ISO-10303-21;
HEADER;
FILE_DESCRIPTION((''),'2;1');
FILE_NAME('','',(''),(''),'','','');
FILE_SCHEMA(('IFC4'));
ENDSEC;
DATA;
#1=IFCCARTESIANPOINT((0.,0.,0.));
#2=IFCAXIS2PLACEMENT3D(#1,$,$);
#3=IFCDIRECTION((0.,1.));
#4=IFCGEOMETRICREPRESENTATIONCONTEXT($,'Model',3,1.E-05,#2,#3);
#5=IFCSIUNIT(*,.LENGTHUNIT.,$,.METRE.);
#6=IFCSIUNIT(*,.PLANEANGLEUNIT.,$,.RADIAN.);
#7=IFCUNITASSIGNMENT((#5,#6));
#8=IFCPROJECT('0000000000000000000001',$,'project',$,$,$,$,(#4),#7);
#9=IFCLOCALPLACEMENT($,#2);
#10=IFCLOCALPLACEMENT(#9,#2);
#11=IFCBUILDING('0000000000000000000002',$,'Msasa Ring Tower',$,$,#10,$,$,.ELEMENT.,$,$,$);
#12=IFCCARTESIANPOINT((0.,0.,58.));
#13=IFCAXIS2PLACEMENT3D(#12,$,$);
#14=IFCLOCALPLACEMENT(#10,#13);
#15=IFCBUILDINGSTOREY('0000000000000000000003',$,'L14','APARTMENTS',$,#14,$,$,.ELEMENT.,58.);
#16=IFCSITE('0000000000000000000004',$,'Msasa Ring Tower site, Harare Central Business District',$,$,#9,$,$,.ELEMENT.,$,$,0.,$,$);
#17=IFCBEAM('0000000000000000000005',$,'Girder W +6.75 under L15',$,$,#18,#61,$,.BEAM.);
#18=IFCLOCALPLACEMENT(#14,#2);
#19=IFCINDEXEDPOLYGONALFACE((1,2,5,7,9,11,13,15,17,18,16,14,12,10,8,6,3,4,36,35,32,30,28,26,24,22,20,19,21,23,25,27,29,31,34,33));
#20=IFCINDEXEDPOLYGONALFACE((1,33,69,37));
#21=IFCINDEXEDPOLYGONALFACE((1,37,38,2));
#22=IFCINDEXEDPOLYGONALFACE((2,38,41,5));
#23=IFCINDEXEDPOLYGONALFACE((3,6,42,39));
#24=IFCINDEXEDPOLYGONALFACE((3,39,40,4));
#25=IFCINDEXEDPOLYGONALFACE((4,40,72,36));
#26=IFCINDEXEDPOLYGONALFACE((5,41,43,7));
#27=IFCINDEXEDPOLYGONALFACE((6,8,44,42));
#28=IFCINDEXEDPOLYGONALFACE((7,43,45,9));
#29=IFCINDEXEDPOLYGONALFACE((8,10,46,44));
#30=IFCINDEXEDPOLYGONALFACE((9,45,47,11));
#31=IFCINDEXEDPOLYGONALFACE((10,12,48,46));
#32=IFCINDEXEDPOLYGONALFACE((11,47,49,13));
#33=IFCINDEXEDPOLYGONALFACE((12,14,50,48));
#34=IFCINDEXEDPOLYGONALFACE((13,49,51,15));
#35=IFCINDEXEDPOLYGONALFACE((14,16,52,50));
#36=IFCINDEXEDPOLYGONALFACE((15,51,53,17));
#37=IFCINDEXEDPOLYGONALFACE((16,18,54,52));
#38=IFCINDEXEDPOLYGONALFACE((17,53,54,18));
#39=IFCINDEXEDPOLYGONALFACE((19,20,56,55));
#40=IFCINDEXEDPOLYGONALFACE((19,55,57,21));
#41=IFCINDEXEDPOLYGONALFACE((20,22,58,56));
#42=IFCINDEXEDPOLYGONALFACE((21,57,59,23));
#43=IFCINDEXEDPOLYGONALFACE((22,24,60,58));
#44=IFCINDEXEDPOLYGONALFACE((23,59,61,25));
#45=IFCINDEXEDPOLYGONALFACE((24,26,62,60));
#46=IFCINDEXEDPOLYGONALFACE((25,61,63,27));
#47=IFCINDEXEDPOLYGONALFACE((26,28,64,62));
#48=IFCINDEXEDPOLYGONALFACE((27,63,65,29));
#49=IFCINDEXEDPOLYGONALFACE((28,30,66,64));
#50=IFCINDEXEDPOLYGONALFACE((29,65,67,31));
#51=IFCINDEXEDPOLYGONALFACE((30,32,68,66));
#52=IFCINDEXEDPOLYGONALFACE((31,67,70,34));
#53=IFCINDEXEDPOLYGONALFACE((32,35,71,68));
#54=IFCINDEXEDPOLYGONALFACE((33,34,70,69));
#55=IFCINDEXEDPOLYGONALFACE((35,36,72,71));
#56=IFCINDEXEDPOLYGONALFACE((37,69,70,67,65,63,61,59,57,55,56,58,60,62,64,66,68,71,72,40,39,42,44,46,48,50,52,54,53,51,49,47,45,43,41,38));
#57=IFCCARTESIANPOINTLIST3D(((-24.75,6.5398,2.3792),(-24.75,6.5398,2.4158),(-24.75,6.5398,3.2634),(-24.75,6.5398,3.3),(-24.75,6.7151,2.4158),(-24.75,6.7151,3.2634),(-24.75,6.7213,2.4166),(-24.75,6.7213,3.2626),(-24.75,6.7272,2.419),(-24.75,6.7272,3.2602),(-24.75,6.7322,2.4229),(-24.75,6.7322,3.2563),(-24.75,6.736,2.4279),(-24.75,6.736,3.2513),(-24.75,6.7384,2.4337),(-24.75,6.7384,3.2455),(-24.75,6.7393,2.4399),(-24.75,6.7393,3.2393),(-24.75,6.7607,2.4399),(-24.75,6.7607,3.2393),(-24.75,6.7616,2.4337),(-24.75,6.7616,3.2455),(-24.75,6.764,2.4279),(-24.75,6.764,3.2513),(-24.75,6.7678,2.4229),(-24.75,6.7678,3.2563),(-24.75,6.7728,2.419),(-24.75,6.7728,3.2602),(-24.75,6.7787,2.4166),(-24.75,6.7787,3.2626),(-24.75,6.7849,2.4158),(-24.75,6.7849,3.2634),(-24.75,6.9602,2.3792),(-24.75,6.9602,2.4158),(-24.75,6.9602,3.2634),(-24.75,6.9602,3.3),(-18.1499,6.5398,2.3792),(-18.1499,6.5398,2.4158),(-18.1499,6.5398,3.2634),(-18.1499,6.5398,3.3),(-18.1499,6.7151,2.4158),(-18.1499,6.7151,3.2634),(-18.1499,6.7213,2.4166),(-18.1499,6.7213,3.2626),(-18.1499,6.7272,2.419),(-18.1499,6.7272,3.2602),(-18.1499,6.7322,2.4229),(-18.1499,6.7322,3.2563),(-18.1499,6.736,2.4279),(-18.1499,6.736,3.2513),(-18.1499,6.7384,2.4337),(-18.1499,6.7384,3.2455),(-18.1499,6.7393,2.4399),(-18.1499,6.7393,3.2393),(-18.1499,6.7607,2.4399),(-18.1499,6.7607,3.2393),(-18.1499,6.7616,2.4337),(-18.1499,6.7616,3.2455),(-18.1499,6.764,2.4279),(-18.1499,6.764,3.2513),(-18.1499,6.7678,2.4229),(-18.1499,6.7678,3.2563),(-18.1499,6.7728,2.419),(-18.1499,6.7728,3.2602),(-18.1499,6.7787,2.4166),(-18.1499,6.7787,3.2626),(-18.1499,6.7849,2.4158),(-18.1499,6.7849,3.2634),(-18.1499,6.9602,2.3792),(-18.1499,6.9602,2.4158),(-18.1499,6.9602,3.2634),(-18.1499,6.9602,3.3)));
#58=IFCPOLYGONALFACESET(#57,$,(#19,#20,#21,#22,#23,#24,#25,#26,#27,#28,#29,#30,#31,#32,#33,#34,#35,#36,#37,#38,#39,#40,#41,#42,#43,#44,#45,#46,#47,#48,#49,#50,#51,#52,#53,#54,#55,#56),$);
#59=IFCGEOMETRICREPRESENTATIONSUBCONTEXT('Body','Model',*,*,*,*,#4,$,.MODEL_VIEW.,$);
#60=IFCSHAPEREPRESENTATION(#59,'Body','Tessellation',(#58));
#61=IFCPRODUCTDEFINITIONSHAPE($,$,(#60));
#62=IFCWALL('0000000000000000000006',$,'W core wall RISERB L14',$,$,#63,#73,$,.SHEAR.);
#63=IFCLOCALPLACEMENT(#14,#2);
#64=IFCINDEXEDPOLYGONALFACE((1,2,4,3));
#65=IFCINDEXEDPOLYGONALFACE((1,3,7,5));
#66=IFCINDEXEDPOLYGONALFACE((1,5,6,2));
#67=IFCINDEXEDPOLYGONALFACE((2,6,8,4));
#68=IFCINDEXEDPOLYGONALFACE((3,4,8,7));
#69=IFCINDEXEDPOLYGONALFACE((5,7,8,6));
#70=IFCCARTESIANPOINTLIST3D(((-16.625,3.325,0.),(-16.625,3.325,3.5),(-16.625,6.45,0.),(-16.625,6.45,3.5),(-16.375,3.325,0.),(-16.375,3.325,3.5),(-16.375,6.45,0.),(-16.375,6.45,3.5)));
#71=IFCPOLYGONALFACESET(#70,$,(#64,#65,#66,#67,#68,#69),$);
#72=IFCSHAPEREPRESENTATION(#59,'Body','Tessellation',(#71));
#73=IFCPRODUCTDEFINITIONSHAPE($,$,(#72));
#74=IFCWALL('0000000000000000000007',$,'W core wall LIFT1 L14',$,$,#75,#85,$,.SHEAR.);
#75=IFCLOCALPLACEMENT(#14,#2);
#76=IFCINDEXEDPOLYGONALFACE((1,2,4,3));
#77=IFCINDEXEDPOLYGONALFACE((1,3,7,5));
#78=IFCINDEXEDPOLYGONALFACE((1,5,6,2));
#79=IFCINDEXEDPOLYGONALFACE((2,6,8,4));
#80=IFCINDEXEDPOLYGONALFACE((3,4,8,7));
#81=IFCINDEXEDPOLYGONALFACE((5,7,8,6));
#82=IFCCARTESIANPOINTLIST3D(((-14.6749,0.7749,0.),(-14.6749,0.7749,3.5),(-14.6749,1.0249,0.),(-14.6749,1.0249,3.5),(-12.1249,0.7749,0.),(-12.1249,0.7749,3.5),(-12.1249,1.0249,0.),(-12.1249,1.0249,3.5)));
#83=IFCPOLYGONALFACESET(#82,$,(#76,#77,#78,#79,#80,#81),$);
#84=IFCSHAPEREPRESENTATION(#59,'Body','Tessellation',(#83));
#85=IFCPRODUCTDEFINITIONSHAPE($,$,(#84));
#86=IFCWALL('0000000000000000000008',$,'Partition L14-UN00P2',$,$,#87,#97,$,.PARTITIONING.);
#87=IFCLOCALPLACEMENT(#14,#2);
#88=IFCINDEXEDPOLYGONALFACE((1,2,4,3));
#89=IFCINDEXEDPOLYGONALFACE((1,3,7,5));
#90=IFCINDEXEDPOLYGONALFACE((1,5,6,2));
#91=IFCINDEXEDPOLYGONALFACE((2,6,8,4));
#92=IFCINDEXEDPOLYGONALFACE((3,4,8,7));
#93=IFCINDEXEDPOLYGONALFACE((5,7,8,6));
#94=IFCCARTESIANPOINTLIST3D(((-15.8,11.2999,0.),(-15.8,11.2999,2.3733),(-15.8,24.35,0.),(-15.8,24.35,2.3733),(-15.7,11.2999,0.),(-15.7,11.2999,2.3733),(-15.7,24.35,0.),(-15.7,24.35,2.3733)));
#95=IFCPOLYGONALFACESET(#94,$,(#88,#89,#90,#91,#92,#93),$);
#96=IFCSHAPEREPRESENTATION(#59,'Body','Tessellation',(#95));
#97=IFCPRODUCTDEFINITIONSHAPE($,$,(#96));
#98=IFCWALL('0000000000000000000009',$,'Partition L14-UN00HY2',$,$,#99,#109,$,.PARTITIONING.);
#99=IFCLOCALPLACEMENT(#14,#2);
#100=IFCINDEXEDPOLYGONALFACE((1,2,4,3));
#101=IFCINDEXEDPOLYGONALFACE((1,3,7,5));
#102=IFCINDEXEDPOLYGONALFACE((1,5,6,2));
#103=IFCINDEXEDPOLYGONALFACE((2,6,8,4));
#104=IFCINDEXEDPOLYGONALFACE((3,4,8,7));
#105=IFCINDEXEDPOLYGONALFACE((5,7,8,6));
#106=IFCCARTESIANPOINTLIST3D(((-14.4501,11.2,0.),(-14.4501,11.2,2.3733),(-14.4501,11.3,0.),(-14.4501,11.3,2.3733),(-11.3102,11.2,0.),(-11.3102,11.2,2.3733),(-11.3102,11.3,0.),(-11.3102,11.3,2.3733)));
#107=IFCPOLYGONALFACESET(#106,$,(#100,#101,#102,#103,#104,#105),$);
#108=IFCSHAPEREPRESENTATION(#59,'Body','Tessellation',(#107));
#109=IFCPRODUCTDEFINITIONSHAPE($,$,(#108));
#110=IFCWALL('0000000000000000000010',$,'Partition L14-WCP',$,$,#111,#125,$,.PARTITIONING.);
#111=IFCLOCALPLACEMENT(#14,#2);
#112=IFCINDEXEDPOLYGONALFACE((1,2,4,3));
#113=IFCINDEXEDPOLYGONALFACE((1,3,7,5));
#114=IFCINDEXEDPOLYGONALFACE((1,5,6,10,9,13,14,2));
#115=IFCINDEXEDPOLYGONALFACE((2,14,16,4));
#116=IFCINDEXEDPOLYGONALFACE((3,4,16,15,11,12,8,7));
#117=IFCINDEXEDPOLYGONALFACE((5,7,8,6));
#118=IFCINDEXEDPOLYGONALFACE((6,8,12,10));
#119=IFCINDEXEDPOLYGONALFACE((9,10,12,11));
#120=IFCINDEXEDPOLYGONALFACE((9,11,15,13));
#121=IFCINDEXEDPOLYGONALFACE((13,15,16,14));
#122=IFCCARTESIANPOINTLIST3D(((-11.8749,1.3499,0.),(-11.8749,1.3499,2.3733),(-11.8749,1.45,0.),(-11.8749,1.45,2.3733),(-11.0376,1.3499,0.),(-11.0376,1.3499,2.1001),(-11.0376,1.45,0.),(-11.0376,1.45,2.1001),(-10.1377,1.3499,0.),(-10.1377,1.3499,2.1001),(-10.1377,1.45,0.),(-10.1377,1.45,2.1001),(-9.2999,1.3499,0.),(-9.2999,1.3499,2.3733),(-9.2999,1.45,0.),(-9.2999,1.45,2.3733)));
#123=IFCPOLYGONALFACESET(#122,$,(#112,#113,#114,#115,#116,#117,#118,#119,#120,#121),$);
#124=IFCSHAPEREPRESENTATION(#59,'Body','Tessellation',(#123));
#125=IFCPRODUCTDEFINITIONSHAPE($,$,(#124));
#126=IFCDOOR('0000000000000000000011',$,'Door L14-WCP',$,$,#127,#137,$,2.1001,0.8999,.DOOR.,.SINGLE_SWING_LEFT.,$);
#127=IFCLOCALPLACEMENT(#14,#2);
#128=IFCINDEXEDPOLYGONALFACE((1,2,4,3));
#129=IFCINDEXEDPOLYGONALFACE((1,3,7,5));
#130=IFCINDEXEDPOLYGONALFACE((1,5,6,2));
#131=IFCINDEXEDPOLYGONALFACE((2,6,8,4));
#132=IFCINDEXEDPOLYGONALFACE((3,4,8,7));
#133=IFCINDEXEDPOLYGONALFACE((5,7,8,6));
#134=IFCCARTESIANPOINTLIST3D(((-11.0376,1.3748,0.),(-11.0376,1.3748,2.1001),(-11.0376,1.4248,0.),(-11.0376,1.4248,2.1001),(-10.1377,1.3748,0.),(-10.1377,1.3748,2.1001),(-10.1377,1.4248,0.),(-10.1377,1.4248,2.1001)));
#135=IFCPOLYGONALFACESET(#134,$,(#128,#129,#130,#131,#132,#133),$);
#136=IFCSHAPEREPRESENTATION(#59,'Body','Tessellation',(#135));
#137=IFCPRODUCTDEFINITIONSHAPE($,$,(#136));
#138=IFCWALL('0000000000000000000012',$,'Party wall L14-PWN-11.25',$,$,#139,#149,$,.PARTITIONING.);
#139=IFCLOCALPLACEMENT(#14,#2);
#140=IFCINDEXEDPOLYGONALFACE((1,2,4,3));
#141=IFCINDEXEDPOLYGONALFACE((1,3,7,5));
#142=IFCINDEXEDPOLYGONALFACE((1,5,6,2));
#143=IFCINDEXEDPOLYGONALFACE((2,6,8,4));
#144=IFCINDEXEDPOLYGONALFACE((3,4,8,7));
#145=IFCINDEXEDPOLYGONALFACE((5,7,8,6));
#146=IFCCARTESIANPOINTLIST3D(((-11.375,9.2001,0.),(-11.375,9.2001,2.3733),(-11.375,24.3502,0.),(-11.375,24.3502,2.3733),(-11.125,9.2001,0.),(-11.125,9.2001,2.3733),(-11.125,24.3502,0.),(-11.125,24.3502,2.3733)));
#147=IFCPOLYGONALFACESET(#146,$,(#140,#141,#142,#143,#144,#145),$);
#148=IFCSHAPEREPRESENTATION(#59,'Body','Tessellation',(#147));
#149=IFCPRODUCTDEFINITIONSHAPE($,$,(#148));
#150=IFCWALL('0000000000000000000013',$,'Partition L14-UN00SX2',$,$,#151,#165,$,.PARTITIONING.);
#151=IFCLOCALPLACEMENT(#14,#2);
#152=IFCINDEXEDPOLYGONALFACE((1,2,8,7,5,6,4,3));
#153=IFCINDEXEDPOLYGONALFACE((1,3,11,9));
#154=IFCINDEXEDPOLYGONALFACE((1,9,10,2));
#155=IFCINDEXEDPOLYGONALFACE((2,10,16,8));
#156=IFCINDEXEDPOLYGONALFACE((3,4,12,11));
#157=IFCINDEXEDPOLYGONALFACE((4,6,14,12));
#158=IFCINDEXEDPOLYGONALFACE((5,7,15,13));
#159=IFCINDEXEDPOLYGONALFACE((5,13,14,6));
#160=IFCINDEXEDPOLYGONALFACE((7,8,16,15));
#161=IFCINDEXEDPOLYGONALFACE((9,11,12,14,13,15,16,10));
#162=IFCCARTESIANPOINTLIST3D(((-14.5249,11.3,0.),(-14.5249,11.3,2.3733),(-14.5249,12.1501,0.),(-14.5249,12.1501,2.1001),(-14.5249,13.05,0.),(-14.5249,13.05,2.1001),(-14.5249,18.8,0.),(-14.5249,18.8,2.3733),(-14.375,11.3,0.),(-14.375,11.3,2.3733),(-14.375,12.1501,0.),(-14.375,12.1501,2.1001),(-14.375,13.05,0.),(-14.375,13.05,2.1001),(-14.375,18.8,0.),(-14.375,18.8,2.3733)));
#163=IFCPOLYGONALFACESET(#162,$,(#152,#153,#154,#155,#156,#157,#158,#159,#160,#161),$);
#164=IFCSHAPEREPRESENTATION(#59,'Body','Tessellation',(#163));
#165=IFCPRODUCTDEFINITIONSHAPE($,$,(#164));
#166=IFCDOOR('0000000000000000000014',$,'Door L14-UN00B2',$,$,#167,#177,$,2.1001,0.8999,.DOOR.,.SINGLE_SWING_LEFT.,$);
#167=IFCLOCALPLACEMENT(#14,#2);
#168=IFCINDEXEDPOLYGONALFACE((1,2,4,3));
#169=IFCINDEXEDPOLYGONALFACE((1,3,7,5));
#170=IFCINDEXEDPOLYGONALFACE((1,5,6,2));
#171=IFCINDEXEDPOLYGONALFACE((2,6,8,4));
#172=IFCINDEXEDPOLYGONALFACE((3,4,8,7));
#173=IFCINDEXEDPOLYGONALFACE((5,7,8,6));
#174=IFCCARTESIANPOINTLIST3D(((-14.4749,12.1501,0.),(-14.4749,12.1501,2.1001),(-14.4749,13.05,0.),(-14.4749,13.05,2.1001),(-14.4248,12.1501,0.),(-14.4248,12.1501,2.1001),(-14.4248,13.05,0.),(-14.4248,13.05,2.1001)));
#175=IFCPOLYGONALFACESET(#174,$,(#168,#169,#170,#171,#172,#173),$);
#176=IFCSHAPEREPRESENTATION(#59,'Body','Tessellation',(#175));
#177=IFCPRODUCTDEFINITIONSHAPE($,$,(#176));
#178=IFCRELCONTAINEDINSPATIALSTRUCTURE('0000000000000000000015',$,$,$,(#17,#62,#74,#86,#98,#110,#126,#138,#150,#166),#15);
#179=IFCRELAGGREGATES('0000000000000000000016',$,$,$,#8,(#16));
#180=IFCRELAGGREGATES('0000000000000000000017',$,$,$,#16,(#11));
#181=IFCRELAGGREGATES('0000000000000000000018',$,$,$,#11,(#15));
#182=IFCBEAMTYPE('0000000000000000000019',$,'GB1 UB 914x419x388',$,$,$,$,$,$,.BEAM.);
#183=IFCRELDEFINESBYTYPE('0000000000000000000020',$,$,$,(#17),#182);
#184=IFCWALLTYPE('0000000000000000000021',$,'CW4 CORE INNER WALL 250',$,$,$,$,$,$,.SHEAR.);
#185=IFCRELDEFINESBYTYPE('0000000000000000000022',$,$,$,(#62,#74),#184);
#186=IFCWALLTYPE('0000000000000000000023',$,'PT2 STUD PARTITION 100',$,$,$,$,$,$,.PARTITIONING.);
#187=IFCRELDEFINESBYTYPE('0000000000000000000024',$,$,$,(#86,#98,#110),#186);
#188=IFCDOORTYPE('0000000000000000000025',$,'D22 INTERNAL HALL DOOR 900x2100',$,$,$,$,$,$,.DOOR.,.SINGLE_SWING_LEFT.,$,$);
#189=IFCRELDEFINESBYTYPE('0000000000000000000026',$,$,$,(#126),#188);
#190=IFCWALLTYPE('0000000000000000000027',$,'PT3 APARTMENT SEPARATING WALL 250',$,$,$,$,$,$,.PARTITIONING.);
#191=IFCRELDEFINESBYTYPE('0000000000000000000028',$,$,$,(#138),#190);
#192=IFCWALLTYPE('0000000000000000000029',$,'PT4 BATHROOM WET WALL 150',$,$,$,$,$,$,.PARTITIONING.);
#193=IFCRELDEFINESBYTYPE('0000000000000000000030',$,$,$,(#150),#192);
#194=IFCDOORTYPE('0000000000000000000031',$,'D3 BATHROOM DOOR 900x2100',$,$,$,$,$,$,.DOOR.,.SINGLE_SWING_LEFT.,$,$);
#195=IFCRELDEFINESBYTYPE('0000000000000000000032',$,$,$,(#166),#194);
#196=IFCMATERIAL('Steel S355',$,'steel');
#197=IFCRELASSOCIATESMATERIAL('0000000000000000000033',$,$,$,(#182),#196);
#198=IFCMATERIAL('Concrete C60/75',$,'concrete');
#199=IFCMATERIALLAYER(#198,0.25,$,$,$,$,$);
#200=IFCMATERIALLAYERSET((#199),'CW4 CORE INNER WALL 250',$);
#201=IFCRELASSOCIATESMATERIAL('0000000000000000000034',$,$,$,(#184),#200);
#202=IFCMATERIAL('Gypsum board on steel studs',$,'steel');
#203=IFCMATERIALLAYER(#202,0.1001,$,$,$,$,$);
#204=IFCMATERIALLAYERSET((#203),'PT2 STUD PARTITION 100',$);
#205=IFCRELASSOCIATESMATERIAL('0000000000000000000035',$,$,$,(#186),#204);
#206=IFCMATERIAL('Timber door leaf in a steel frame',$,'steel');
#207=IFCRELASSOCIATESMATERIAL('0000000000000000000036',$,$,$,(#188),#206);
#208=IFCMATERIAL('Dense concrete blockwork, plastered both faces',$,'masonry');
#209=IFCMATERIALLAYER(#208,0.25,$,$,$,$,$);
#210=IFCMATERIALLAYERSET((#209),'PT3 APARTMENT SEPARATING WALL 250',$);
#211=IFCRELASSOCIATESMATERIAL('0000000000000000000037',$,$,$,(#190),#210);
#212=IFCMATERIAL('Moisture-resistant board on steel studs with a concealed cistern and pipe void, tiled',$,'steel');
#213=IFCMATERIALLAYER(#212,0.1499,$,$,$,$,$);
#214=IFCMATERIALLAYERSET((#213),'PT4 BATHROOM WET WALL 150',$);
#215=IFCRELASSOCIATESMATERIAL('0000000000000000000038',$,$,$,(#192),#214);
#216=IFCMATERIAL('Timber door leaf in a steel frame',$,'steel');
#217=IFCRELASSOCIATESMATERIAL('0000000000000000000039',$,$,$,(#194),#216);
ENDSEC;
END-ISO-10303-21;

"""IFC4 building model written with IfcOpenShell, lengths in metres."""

from ifc_helpers import new_model, si_unit, direction, frame, frame_2d, origin, origin_2d, place, context, subcontext, project, spatial, rectangle, i_section, extrude, material, layer, layer_set, material_profile, profile_set, type_object, element, fill, save


model = new_model("IFC4")

# Units and contexts
model_context = context("Model", 3, precision=1e-05, world=origin(), true_north=direction((0.0, 1.0)))
body_context = subcontext(model_context, "Body", "Model", "MODEL_VIEW")
ifc_project = project(units=[si_unit("LENGTHUNIT", "METRE"), si_unit("PLANEANGLEUNIT", "RADIAN")], contexts=[model_context])

# Site, building, storey
site_placement = place(None, origin())
site = spatial("IfcSite", under=ifc_project, at=site_placement, Name="Msasa Ring Tower site, Harare Central Business District", CompositionType="ELEMENT", RefElevation=0.0)
building_placement = place(site_placement, origin())
building = spatial("IfcBuilding", under=site, at=building_placement, Name="Msasa Ring Tower", CompositionType="ELEMENT")
storey_placement = place(building_placement, frame((0.0, 0.0, 58.0)))
storey = spatial("IfcBuildingStorey", under=building, at=storey_placement, Name="L14", Description="APARTMENTS", CompositionType="ELEMENT", Elevation=58.0)

# Beam
ifc_material_1 = material(Name="Steel S355", Category="steel")
ifc_material_profile = material_profile(ifc_material_1, i_section(OverallWidth=0.4204, OverallDepth=0.9209, WebThickness=0.0215, FlangeThickness=0.0366, FilletRadius=0.0242, at=origin_2d()), Name="UB 914x419x388")
ifc_profile_set = profile_set([ifc_material_profile], Name="Steel S355")
beam_type = type_object("IfcBeamType", Name="GB1 UB 914x419x388", PredefinedType="BEAM", material=ifc_profile_set)
beam_placement = place(storey_placement, frame((-18.1499, 6.75, 2.8396), z_axis=(-1.0, 0.0, 0.0), x_axis=(0.0, -1.0, 0.0)))
element("IfcBeam", 1, at=beam_placement, inside=storey, type_object=beam_type, Name="Girder W +6.75 under L15", PredefinedType="BEAM", context=body_context, shape_type="SweptSolid", body=[
    extrude(i_section(OverallWidth=0.4204, OverallDepth=0.9209, WebThickness=0.0215, FlangeThickness=0.0366, FilletRadius=0.0242, at=origin_2d()), origin(), (0.0, 0.0, 1.0), 6.6001),
])

# Walls
ifc_material_2 = material(Name="Concrete C60/75", Category="concrete")
ifc_layer_1 = layer(ifc_material_2, 0.25)
ifc_layer_set_1 = layer_set([ifc_layer_1], Name="CW4 CORE INNER WALL 250")
wall_type_1 = type_object("IfcWallType", Name="CW4 CORE INNER WALL 250", PredefinedType="SHEAR", material=ifc_layer_set_1)
wall_1_placement = place(storey_placement, frame((-16.5, 3.325, 0.0), z_axis=(0.0, 0.0, 1.0), x_axis=(0.0, 1.0, 0.0)))
element("IfcWall", 2, at=wall_1_placement, inside=storey, type_object=wall_type_1, Name="W core wall RISERB L14", PredefinedType="SHEAR", context=body_context, shape_type="SweptSolid", body=[
    extrude(rectangle(XDim=3.125, YDim=0.25, at=frame_2d((1.5625, 0.0))), origin(), (0.0, 0.0, 1.0), 3.5),
])
wall_2_placement = place(storey_placement, frame((-12.125, 0.8999, 0.0), z_axis=(0.0, 0.0, 1.0), x_axis=(-1.0, 0.0, 0.0)))
element("IfcWall", 3, at=wall_2_placement, inside=storey, type_object=wall_type_1, Name="W core wall LIFT1 L14", PredefinedType="SHEAR", context=body_context, shape_type="SweptSolid", body=[
    extrude(rectangle(XDim=2.55, YDim=0.25, at=frame_2d((1.2749, 0.0))), origin(), (0.0, 0.0, 1.0), 3.5),
])
ifc_material_3 = material(Name="Gypsum board on steel studs", Category="steel")
ifc_layer_2 = layer(ifc_material_3, 0.1001)
ifc_layer_set_2 = layer_set([ifc_layer_2], Name="PT2 STUD PARTITION 100")
wall_type_2 = type_object("IfcWallType", Name="PT2 STUD PARTITION 100", PredefinedType="PARTITIONING", material=ifc_layer_set_2)
wall_3_placement = place(storey_placement, frame((-15.75, 11.3, 0.0), z_axis=(0.0, 0.0, 1.0), x_axis=(0.0, 1.0, 0.0)))
element("IfcWall", 4, at=wall_3_placement, inside=storey, type_object=wall_type_2, Name="Partition L14-UN00P2", PredefinedType="PARTITIONING", context=body_context, shape_type="SweptSolid", body=[
    extrude(rectangle(XDim=13.05, YDim=0.1001, at=frame_2d((6.5249, 0.0))), origin(), (0.0, 0.0, 1.0), 2.3733),
])
wall_4_placement = place(storey_placement, frame((-14.45, 11.25, 0.0), z_axis=(0.0, 0.0, 1.0), x_axis=(1.0, 0.0, 0.0)))
element("IfcWall", 5, at=wall_4_placement, inside=storey, type_object=wall_type_2, Name="Partition L14-UN00HY2", PredefinedType="PARTITIONING", context=body_context, shape_type="SweptSolid", body=[
    extrude(rectangle(XDim=3.1399, YDim=0.1001, at=frame_2d((1.5698, 0.0))), origin(), (0.0, 0.0, 1.0), 2.3733),
])

# Wall, opening, door
wall_5_placement = place(storey_placement, frame((-11.875, 1.3999, 0.0), z_axis=(0.0, 0.0, 1.0), x_axis=(1.0, 0.0, 0.0)))
wall_5 = element("IfcWall", 6, at=wall_5_placement, inside=storey, type_object=wall_type_2, Name="Partition L14-WCP", PredefinedType="PARTITIONING", context=body_context, shape_type="SweptSolid", body=[
    extrude(rectangle(XDim=2.575, YDim=0.1001, at=frame_2d((1.2876, 0.0))), origin(), (0.0, 0.0, 1.0), 2.3733),
])
opening_1_placement = place(wall_5_placement, frame((0.8374, 0.0, 0.0)))
opening_1 = element("IfcOpeningElement", 7, at=opening_1_placement, cuts=wall_5, PredefinedType="OPENING", context=body_context, shape_type="SweptSolid", body=[
    extrude(rectangle(XDim=0.8999, YDim=2.1001, at=frame_2d((0.45, 1.05))), frame((0.0, 0.0601, 0.0), z_axis=(0.0, -1.0, 0.0), x_axis=(1.0, 0.0, 0.0)), (0.0, 0.0, 1.0), 0.1201),
])
ifc_material_4 = material(Name="Timber door leaf in a steel frame", Category="steel")
door_type_1 = type_object("IfcDoorType", Name="D22 INTERNAL HALL DOOR 900x2100", OperationType="SINGLE_SWING_LEFT", PredefinedType="DOOR", material=ifc_material_4)
door_1_placement = place(opening_1_placement, origin())
door_1 = element("IfcDoor", 8, at=door_1_placement, inside=storey, type_object=door_type_1, Name="Door L14-WCP", OperationType="SINGLE_SWING_LEFT", OverallHeight=2.1001, OverallWidth=0.8999, PredefinedType="DOOR", context=body_context, shape_type="SweptSolid", body=[
    extrude(rectangle(XDim=0.8999, YDim=2.1001, at=frame_2d((0.45, 1.05))), frame((0.0, 0.0249, 0.0), z_axis=(0.0, -1.0, 0.0), x_axis=(1.0, 0.0, 0.0)), (0.0, 0.0, 1.0), 0.05),
])
fill(opening_1, door_1)

# Wall
ifc_material_5 = material(Name="Dense concrete blockwork, plastered both faces", Category="masonry")
ifc_layer_3 = layer(ifc_material_5, 0.25)
ifc_layer_set_3 = layer_set([ifc_layer_3], Name="PT3 APARTMENT SEPARATING WALL 250")
wall_type_3 = type_object("IfcWallType", Name="PT3 APARTMENT SEPARATING WALL 250", PredefinedType="PARTITIONING", material=ifc_layer_set_3)
wall_6_placement = place(storey_placement, frame((-11.25, 9.2, 0.0), z_axis=(0.0, 0.0, 1.0), x_axis=(0.0, 1.0, 0.0)))
element("IfcWall", 9, at=wall_6_placement, inside=storey, type_object=wall_type_3, Name="Party wall L14-PWN-11.25", PredefinedType="PARTITIONING", context=body_context, shape_type="SweptSolid", body=[
    extrude(rectangle(XDim=15.1501, YDim=0.25, at=frame_2d((7.5752, 0.0))), origin(), (0.0, 0.0, 1.0), 2.3733),
])

# Wall, opening, door
ifc_material_6 = material(Name="Moisture-resistant board on steel studs with a concealed cistern and pipe void, tiled", Category="steel")
ifc_layer_4 = layer(ifc_material_6, 0.1499)
ifc_layer_set_4 = layer_set([ifc_layer_4], Name="PT4 BATHROOM WET WALL 150")
wall_type_4 = type_object("IfcWallType", Name="PT4 BATHROOM WET WALL 150", PredefinedType="PARTITIONING", material=ifc_layer_set_4)
wall_7_placement = place(storey_placement, frame((-14.45, 11.3, 0.0), z_axis=(0.0, 0.0, 1.0), x_axis=(0.0, 1.0, 0.0)))
wall_7 = element("IfcWall", 10, at=wall_7_placement, inside=storey, type_object=wall_type_4, Name="Partition L14-UN00SX2", PredefinedType="PARTITIONING", context=body_context, shape_type="SweptSolid", body=[
    extrude(rectangle(XDim=7.5, YDim=0.1499, at=frame_2d((3.75, 0.0))), origin(), (0.0, 0.0, 1.0), 2.3733),
])
opening_2_placement = place(wall_7_placement, frame((0.8501, 0.0, 0.0)))
opening_2 = element("IfcOpeningElement", 11, at=opening_2_placement, cuts=wall_7, PredefinedType="OPENING", context=body_context, shape_type="SweptSolid", body=[
    extrude(rectangle(XDim=0.8999, YDim=2.1001, at=frame_2d((0.45, 1.05))), frame((0.0, 0.085, 0.0), z_axis=(0.0, -1.0, 0.0), x_axis=(1.0, 0.0, 0.0)), (0.0, 0.0, 1.0), 0.1699),
])
ifc_material_7 = material(Name="Timber door leaf in a steel frame", Category="steel")
door_type_2 = type_object("IfcDoorType", Name="D3 BATHROOM DOOR 900x2100", OperationType="SINGLE_SWING_LEFT", PredefinedType="DOOR", material=ifc_material_7)
door_2_placement = place(opening_2_placement, origin())
door_2 = element("IfcDoor", 12, at=door_2_placement, inside=storey, type_object=door_type_2, Name="Door L14-UN00B2", OperationType="SINGLE_SWING_LEFT", OverallHeight=2.1001, OverallWidth=0.8999, PredefinedType="DOOR", context=body_context, shape_type="SweptSolid", body=[
    extrude(rectangle(XDim=0.8999, YDim=2.1001, at=frame_2d((0.45, 1.05))), frame((0.0, 0.0249, 0.0), z_axis=(0.0, -1.0, 0.0), x_axis=(1.0, 0.0, 0.0)), (0.0, 0.0, 1.0), 0.05),
])
fill(opening_2, door_2)

save(model, "model.ifc")
